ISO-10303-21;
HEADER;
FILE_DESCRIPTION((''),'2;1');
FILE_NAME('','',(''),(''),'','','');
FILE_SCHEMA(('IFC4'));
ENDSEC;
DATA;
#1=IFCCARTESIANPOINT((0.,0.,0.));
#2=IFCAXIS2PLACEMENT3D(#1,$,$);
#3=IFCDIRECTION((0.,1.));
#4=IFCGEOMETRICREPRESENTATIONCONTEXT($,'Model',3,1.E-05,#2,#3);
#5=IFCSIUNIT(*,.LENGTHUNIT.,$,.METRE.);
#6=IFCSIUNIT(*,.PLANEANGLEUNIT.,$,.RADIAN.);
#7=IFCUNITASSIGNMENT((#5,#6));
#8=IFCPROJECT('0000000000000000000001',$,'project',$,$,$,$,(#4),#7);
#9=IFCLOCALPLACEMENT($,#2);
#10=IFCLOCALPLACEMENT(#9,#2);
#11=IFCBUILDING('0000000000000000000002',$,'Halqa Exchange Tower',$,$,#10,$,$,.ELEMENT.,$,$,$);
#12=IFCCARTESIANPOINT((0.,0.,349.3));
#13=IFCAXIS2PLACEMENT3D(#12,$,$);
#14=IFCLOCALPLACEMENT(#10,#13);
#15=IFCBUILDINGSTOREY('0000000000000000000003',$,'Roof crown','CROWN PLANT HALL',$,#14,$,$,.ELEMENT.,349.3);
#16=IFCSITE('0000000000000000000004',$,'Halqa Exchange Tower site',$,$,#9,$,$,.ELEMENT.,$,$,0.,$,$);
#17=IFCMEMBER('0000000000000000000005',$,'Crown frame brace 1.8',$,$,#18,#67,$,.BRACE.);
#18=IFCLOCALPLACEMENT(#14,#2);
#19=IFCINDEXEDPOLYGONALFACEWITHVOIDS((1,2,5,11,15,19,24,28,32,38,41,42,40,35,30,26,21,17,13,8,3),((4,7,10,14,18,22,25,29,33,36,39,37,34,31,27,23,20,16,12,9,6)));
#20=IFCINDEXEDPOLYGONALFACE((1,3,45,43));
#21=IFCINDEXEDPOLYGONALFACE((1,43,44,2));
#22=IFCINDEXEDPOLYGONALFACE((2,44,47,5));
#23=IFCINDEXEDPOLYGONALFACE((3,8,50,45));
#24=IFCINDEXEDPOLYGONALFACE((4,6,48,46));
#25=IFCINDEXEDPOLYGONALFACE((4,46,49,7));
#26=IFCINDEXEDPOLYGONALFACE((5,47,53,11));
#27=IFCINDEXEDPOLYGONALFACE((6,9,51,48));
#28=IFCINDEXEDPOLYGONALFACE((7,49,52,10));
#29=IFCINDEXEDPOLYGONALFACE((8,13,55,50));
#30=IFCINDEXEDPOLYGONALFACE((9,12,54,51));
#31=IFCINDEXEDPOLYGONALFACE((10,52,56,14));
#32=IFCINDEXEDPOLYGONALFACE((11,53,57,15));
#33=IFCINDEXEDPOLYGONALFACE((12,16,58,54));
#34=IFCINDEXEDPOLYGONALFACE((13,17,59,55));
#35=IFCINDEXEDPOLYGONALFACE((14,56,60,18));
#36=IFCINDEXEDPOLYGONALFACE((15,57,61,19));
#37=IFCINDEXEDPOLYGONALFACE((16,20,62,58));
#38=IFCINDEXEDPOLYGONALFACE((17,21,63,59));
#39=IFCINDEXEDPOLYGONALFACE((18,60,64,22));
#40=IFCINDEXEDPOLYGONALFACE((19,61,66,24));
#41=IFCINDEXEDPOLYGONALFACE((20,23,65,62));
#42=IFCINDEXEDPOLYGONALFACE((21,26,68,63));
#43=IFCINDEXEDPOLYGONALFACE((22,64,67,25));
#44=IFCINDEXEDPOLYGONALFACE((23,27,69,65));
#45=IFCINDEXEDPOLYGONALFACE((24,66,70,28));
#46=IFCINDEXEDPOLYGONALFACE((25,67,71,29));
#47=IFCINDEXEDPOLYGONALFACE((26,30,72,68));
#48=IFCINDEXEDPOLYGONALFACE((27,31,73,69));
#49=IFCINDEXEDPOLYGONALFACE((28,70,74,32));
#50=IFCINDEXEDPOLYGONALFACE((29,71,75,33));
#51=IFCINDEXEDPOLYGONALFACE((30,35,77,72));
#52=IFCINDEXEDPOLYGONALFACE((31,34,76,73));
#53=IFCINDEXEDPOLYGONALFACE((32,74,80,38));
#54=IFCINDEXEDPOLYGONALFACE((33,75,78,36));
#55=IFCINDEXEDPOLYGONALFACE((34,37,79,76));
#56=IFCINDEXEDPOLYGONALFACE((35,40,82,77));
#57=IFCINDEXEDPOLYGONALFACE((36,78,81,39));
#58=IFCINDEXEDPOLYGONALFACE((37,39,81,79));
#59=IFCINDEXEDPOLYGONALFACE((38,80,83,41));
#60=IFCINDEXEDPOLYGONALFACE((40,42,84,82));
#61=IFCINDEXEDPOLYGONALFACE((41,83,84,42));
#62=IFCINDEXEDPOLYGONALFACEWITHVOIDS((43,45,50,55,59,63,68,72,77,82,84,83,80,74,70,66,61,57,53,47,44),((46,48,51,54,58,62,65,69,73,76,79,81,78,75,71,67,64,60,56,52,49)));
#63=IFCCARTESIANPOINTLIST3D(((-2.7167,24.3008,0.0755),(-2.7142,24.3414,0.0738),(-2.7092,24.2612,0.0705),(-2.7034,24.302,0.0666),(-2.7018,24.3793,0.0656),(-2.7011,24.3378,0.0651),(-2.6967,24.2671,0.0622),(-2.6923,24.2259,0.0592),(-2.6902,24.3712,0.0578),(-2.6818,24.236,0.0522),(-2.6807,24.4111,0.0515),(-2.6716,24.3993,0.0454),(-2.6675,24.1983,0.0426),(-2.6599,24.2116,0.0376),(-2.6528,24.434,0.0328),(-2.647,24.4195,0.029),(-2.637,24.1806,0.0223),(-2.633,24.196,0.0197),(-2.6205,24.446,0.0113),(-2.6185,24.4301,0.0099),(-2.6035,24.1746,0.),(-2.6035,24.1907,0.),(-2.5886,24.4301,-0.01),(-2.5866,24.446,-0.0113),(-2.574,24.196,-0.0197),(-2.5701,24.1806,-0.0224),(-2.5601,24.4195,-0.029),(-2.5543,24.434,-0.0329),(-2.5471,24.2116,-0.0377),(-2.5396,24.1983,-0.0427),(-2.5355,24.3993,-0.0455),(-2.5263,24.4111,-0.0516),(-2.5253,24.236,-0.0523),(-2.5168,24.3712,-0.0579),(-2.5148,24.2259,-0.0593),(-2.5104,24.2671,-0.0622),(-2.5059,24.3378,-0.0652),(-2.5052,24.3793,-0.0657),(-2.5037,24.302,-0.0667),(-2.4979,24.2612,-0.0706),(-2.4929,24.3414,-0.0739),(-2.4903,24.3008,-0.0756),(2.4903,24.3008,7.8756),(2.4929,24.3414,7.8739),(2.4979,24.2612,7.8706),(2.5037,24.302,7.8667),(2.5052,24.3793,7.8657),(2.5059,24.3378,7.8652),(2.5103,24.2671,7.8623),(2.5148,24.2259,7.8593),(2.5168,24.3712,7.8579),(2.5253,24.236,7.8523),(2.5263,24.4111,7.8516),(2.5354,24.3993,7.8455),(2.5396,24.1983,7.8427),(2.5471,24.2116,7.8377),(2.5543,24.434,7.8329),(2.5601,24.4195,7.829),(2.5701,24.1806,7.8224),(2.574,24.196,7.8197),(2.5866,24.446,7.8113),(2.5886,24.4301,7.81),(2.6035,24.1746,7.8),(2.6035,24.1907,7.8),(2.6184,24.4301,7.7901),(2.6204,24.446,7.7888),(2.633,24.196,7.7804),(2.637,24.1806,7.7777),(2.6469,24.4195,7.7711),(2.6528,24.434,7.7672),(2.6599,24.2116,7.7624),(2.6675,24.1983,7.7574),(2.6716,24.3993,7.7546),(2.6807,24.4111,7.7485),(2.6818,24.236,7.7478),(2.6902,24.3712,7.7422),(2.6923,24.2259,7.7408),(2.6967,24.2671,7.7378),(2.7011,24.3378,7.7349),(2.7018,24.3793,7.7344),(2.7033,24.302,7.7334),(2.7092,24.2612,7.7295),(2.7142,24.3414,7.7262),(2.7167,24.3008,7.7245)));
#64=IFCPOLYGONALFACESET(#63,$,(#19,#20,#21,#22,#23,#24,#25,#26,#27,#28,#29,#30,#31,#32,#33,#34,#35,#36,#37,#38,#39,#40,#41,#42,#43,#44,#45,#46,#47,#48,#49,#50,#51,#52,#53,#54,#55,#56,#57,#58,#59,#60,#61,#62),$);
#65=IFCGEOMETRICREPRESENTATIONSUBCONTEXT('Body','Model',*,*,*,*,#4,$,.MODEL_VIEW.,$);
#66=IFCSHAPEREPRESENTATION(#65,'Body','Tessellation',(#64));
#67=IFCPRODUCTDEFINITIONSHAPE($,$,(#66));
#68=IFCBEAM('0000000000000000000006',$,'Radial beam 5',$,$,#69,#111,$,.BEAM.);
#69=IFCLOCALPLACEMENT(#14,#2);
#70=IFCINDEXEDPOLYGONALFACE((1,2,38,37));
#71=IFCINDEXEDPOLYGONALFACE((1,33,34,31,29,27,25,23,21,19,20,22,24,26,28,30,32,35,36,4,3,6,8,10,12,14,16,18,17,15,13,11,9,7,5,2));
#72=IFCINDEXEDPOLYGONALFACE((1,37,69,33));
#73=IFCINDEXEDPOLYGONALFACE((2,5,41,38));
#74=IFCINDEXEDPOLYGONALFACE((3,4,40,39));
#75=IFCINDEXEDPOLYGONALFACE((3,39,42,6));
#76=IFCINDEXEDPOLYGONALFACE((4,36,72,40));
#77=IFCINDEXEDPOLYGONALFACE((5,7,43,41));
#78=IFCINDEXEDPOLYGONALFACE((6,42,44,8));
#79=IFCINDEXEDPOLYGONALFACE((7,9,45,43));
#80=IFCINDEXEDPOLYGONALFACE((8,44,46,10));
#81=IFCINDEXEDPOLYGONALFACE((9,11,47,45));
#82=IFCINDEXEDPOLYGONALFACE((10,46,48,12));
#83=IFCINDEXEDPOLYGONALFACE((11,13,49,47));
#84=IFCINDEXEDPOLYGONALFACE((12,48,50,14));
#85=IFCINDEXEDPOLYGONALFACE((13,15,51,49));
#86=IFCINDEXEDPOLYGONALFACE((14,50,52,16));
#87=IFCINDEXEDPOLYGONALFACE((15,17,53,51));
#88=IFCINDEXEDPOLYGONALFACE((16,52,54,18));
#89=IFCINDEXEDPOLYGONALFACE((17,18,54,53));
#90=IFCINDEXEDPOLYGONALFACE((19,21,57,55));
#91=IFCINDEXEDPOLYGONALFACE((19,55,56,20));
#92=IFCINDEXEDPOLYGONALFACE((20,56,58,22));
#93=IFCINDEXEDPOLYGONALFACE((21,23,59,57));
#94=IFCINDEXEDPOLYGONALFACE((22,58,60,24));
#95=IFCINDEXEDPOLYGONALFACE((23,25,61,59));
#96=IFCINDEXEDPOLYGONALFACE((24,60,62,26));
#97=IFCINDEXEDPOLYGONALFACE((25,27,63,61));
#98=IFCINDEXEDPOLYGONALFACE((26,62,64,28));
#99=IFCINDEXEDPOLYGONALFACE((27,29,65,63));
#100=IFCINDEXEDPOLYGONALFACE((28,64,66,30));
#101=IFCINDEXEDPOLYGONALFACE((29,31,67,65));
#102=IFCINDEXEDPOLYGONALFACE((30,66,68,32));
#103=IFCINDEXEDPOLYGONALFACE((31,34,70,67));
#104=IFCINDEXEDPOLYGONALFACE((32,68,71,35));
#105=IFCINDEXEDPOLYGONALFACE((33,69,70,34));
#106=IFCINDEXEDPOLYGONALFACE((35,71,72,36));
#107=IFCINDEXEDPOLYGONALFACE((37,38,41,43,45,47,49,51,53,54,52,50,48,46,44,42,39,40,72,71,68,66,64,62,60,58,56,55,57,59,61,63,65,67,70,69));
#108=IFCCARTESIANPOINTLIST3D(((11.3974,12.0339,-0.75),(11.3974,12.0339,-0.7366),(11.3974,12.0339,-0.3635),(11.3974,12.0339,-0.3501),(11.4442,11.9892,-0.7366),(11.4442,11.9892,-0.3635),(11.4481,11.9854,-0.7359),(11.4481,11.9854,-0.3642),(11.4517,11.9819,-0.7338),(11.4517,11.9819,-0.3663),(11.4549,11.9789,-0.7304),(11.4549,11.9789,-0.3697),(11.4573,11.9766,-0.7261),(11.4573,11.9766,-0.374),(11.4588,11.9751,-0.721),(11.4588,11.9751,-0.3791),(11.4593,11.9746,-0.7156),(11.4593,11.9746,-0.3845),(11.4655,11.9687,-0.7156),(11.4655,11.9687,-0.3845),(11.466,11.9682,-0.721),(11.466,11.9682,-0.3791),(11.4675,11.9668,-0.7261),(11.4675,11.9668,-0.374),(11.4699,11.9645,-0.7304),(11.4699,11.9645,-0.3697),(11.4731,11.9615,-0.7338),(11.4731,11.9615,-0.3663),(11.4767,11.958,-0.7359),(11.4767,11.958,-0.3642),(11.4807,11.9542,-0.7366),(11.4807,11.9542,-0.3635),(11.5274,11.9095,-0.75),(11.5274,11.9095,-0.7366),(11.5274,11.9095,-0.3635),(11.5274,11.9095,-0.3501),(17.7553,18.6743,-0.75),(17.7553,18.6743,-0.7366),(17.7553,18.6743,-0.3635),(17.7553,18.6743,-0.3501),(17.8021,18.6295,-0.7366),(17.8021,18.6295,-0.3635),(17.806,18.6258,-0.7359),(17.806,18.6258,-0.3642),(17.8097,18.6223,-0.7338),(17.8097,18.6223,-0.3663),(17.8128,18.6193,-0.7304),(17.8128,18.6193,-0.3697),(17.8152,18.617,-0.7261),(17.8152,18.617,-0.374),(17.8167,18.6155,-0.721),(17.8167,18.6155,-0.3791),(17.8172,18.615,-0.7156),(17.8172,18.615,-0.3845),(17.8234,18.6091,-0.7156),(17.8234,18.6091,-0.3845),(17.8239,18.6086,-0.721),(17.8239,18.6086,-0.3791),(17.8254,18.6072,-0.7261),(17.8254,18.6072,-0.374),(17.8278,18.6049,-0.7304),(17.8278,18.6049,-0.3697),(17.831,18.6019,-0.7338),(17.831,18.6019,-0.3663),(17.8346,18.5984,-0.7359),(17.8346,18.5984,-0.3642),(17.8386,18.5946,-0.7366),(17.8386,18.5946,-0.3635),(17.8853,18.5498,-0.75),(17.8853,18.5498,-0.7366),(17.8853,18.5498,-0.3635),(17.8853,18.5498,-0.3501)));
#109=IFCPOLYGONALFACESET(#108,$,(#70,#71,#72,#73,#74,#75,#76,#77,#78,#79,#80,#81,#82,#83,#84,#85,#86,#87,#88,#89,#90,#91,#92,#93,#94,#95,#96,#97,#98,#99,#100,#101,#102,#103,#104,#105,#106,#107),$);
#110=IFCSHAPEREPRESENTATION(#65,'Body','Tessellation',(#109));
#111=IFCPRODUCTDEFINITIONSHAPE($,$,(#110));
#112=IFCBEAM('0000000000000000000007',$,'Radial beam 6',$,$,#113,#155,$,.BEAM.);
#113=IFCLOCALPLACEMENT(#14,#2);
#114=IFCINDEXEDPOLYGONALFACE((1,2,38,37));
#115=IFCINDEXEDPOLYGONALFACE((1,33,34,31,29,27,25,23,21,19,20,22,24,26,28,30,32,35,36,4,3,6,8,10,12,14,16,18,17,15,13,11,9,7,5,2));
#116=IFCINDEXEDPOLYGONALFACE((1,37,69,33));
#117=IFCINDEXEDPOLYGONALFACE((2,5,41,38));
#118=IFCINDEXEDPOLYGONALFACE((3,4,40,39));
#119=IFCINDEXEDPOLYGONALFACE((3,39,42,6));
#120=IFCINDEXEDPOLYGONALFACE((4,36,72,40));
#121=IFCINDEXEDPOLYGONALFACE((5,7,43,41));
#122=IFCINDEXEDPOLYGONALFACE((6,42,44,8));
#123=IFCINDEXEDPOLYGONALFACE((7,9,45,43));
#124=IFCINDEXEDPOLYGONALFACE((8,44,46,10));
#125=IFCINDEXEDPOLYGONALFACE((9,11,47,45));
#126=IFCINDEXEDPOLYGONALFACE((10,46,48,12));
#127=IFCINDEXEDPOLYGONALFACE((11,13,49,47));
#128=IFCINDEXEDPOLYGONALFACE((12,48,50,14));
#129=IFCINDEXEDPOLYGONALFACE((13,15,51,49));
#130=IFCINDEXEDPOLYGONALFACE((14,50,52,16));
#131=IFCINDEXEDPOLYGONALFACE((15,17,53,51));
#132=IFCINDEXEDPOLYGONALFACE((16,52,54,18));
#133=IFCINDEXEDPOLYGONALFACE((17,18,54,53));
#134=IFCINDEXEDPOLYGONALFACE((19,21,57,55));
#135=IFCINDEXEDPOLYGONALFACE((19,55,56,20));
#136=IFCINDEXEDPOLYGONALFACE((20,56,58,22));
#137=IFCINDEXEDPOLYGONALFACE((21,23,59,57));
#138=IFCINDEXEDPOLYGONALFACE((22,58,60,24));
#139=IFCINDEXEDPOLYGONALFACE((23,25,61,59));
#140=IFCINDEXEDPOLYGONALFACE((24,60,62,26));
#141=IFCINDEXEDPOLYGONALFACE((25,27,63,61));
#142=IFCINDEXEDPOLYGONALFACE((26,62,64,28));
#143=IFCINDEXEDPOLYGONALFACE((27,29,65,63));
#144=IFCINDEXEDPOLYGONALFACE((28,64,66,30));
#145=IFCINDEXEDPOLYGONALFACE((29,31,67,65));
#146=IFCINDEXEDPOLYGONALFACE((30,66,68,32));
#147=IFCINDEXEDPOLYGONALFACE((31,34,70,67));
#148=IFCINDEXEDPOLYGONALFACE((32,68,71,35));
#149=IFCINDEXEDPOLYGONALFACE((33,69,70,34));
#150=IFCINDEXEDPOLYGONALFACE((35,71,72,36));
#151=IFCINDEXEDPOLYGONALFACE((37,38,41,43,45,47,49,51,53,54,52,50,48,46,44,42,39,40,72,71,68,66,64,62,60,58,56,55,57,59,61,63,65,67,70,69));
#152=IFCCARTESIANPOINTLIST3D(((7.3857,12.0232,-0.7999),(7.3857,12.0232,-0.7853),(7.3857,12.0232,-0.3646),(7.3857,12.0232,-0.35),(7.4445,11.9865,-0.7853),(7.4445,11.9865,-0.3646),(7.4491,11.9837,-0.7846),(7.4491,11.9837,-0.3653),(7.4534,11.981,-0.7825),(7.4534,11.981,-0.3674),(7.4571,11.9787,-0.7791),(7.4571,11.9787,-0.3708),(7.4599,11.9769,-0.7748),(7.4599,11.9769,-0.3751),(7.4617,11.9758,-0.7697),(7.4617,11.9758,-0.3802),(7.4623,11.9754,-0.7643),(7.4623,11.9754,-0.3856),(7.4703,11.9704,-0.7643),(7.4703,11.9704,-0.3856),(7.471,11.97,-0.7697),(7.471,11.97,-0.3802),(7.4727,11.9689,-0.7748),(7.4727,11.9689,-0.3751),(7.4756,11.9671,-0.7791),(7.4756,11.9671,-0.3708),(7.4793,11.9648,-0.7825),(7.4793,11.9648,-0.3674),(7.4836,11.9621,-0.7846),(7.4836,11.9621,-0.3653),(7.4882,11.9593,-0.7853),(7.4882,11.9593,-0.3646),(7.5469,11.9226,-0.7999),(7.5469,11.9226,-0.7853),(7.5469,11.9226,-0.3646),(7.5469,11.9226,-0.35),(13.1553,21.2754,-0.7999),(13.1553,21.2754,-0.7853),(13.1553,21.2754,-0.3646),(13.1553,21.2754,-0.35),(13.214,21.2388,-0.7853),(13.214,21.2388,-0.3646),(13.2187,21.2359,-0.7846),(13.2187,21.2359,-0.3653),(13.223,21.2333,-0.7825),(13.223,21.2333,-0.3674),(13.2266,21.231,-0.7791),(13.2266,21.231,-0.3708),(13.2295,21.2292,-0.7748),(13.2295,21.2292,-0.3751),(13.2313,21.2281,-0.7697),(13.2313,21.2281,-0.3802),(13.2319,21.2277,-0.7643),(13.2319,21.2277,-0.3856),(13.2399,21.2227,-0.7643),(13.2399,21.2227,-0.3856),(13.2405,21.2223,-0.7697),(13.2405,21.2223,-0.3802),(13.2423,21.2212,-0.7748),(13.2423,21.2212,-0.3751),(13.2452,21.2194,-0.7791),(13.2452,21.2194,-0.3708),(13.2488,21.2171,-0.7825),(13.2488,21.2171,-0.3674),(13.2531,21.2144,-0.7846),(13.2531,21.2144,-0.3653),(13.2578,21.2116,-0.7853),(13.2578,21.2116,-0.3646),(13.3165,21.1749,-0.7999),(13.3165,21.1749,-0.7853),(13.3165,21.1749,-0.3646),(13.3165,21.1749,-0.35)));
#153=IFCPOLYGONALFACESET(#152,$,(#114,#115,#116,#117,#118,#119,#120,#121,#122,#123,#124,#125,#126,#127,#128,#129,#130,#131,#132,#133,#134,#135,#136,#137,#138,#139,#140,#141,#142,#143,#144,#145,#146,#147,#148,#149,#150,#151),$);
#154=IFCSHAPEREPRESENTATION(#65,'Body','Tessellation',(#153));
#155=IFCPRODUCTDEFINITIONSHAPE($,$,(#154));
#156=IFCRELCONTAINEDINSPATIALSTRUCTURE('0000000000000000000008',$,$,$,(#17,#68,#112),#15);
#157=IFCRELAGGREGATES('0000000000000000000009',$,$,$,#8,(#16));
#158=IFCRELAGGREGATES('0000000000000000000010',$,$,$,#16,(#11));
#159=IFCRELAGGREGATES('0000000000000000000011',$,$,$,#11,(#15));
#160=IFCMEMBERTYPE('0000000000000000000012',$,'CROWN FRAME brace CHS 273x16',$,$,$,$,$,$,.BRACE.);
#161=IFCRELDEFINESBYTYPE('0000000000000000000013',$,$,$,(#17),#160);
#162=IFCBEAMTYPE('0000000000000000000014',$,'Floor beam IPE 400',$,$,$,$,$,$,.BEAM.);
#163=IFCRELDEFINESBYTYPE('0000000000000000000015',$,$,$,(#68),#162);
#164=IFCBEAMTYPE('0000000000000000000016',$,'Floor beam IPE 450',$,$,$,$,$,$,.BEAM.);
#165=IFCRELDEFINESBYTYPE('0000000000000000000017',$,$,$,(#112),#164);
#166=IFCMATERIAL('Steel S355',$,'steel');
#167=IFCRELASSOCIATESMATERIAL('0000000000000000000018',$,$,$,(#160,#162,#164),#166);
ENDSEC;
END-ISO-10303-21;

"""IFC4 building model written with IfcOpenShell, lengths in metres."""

from ifc_helpers import new_model, si_unit, direction, frame, origin, origin_2d, place, context, subcontext, project, spatial, hollow_circle, i_section, extrude, material, material_profile, profile_set, type_object, element, save


model = new_model("IFC4")

# Units and contexts
model_context = context("Model", 3, precision=1e-05, world=origin(), true_north=direction((0.0, 1.0)))
body_context = subcontext(model_context, "Body", "Model", "MODEL_VIEW")
ifc_project = project(units=[si_unit("LENGTHUNIT", "METRE"), si_unit("PLANEANGLEUNIT", "RADIAN")], contexts=[model_context])

# Site, building, storey
site_placement = place(None, origin())
site = spatial("IfcSite", under=ifc_project, at=site_placement, Name="Halqa Exchange Tower site", CompositionType="ELEMENT", RefElevation=0.0)
building_placement = place(site_placement, origin())
building = spatial("IfcBuilding", under=site, at=building_placement, Name="Halqa Exchange Tower", CompositionType="ELEMENT")
storey_placement = place(building_placement, frame((0.0, 0.0, 349.3)))
storey = spatial("IfcBuildingStorey", under=building, at=storey_placement, Name="Roof crown", Description="CROWN PLANT HALL", CompositionType="ELEMENT", Elevation=349.3)

# Shared definitions
ifc_material_1 = material(Name="Steel S355", Category="steel")

# Member
ifc_material_profile_1 = material_profile(ifc_material_1, hollow_circle(Radius=0.1365, WallThickness=0.0161, at=origin_2d()), Name="CHS 273x16")
ifc_profile_set_1 = profile_set([ifc_material_profile_1], Name="Steel S355")
member_type = type_object("IfcMemberType", Name="CROWN FRAME brace CHS 273x16", PredefinedType="BRACE", material=ifc_profile_set_1)
member_1_placement = place(storey_placement, frame((2.6035, 24.311, 7.8), z_axis=(-0.555217, 0.0, -0.831706), x_axis=(0.0, -1.0, 0.0)))
element("IfcMember", 1, at=member_1_placement, inside=storey, type_object=member_type, Name="Crown frame brace 1.8", PredefinedType="BRACE", context=body_context, shape_type="SweptSolid", body=[
    extrude(hollow_circle(Radius=0.1365, WallThickness=0.0161, at=origin_2d()), origin(), (0.0, 0.0, 1.0), 9.3784),
])

# Beams
ifc_material_profile_2 = material_profile(ifc_material_1, i_section(OverallWidth=0.1799, OverallDepth=0.3999, WebThickness=0.0085, FlangeThickness=0.0134, FilletRadius=0.021, at=origin_2d()), Name="IPE 400")
ifc_profile_set_2 = profile_set([ifc_material_profile_2], Name="Steel S355")
beam_type_1 = type_object("IfcBeamType", Name="Floor beam IPE 400", PredefinedType="BEAM", material=ifc_profile_set_2)
beam_1_placement = place(storey_placement, frame((11.4624, 11.9717, -0.55), z_axis=(0.691577, 0.722303, 0.0), x_axis=(-0.722303, 0.691577, 0.0)))
element("IfcBeam", 2, at=beam_1_placement, inside=storey, type_object=beam_type_1, Name="Radial beam 5", PredefinedType="BEAM", context=body_context, shape_type="SweptSolid", body=[
    extrude(i_section(OverallWidth=0.1799, OverallDepth=0.3999, WebThickness=0.0085, FlangeThickness=0.0134, FilletRadius=0.021, at=origin_2d()), origin(), (0.0, 0.0, 1.0), 9.1934),
])
ifc_material_profile_3 = material_profile(ifc_material_1, i_section(OverallWidth=0.1899, OverallDepth=0.45, WebThickness=0.0095, FlangeThickness=0.0146, FilletRadius=0.021, at=origin_2d()), Name="IPE 450")
ifc_profile_set_3 = profile_set([ifc_material_profile_3], Name="Steel S355")
beam_type_2 = type_object("IfcBeamType", Name="Floor beam IPE 450", PredefinedType="BEAM", material=ifc_profile_set_3)
beam_2_placement = place(storey_placement, frame((7.4663, 11.9729, -0.575), z_axis=(0.529135, 0.848538, 0.0), x_axis=(-0.848538, 0.529135, 0.0)))
element("IfcBeam", 3, at=beam_2_placement, inside=storey, type_object=beam_type_2, Name="Radial beam 6", PredefinedType="BEAM", context=body_context, shape_type="SweptSolid", body=[
    extrude(i_section(OverallWidth=0.1899, OverallDepth=0.45, WebThickness=0.0095, FlangeThickness=0.0146, FilletRadius=0.021, at=origin_2d()), origin(), (0.0, 0.0, 1.0), 10.9038),
])

save(model, "model.ifc")
